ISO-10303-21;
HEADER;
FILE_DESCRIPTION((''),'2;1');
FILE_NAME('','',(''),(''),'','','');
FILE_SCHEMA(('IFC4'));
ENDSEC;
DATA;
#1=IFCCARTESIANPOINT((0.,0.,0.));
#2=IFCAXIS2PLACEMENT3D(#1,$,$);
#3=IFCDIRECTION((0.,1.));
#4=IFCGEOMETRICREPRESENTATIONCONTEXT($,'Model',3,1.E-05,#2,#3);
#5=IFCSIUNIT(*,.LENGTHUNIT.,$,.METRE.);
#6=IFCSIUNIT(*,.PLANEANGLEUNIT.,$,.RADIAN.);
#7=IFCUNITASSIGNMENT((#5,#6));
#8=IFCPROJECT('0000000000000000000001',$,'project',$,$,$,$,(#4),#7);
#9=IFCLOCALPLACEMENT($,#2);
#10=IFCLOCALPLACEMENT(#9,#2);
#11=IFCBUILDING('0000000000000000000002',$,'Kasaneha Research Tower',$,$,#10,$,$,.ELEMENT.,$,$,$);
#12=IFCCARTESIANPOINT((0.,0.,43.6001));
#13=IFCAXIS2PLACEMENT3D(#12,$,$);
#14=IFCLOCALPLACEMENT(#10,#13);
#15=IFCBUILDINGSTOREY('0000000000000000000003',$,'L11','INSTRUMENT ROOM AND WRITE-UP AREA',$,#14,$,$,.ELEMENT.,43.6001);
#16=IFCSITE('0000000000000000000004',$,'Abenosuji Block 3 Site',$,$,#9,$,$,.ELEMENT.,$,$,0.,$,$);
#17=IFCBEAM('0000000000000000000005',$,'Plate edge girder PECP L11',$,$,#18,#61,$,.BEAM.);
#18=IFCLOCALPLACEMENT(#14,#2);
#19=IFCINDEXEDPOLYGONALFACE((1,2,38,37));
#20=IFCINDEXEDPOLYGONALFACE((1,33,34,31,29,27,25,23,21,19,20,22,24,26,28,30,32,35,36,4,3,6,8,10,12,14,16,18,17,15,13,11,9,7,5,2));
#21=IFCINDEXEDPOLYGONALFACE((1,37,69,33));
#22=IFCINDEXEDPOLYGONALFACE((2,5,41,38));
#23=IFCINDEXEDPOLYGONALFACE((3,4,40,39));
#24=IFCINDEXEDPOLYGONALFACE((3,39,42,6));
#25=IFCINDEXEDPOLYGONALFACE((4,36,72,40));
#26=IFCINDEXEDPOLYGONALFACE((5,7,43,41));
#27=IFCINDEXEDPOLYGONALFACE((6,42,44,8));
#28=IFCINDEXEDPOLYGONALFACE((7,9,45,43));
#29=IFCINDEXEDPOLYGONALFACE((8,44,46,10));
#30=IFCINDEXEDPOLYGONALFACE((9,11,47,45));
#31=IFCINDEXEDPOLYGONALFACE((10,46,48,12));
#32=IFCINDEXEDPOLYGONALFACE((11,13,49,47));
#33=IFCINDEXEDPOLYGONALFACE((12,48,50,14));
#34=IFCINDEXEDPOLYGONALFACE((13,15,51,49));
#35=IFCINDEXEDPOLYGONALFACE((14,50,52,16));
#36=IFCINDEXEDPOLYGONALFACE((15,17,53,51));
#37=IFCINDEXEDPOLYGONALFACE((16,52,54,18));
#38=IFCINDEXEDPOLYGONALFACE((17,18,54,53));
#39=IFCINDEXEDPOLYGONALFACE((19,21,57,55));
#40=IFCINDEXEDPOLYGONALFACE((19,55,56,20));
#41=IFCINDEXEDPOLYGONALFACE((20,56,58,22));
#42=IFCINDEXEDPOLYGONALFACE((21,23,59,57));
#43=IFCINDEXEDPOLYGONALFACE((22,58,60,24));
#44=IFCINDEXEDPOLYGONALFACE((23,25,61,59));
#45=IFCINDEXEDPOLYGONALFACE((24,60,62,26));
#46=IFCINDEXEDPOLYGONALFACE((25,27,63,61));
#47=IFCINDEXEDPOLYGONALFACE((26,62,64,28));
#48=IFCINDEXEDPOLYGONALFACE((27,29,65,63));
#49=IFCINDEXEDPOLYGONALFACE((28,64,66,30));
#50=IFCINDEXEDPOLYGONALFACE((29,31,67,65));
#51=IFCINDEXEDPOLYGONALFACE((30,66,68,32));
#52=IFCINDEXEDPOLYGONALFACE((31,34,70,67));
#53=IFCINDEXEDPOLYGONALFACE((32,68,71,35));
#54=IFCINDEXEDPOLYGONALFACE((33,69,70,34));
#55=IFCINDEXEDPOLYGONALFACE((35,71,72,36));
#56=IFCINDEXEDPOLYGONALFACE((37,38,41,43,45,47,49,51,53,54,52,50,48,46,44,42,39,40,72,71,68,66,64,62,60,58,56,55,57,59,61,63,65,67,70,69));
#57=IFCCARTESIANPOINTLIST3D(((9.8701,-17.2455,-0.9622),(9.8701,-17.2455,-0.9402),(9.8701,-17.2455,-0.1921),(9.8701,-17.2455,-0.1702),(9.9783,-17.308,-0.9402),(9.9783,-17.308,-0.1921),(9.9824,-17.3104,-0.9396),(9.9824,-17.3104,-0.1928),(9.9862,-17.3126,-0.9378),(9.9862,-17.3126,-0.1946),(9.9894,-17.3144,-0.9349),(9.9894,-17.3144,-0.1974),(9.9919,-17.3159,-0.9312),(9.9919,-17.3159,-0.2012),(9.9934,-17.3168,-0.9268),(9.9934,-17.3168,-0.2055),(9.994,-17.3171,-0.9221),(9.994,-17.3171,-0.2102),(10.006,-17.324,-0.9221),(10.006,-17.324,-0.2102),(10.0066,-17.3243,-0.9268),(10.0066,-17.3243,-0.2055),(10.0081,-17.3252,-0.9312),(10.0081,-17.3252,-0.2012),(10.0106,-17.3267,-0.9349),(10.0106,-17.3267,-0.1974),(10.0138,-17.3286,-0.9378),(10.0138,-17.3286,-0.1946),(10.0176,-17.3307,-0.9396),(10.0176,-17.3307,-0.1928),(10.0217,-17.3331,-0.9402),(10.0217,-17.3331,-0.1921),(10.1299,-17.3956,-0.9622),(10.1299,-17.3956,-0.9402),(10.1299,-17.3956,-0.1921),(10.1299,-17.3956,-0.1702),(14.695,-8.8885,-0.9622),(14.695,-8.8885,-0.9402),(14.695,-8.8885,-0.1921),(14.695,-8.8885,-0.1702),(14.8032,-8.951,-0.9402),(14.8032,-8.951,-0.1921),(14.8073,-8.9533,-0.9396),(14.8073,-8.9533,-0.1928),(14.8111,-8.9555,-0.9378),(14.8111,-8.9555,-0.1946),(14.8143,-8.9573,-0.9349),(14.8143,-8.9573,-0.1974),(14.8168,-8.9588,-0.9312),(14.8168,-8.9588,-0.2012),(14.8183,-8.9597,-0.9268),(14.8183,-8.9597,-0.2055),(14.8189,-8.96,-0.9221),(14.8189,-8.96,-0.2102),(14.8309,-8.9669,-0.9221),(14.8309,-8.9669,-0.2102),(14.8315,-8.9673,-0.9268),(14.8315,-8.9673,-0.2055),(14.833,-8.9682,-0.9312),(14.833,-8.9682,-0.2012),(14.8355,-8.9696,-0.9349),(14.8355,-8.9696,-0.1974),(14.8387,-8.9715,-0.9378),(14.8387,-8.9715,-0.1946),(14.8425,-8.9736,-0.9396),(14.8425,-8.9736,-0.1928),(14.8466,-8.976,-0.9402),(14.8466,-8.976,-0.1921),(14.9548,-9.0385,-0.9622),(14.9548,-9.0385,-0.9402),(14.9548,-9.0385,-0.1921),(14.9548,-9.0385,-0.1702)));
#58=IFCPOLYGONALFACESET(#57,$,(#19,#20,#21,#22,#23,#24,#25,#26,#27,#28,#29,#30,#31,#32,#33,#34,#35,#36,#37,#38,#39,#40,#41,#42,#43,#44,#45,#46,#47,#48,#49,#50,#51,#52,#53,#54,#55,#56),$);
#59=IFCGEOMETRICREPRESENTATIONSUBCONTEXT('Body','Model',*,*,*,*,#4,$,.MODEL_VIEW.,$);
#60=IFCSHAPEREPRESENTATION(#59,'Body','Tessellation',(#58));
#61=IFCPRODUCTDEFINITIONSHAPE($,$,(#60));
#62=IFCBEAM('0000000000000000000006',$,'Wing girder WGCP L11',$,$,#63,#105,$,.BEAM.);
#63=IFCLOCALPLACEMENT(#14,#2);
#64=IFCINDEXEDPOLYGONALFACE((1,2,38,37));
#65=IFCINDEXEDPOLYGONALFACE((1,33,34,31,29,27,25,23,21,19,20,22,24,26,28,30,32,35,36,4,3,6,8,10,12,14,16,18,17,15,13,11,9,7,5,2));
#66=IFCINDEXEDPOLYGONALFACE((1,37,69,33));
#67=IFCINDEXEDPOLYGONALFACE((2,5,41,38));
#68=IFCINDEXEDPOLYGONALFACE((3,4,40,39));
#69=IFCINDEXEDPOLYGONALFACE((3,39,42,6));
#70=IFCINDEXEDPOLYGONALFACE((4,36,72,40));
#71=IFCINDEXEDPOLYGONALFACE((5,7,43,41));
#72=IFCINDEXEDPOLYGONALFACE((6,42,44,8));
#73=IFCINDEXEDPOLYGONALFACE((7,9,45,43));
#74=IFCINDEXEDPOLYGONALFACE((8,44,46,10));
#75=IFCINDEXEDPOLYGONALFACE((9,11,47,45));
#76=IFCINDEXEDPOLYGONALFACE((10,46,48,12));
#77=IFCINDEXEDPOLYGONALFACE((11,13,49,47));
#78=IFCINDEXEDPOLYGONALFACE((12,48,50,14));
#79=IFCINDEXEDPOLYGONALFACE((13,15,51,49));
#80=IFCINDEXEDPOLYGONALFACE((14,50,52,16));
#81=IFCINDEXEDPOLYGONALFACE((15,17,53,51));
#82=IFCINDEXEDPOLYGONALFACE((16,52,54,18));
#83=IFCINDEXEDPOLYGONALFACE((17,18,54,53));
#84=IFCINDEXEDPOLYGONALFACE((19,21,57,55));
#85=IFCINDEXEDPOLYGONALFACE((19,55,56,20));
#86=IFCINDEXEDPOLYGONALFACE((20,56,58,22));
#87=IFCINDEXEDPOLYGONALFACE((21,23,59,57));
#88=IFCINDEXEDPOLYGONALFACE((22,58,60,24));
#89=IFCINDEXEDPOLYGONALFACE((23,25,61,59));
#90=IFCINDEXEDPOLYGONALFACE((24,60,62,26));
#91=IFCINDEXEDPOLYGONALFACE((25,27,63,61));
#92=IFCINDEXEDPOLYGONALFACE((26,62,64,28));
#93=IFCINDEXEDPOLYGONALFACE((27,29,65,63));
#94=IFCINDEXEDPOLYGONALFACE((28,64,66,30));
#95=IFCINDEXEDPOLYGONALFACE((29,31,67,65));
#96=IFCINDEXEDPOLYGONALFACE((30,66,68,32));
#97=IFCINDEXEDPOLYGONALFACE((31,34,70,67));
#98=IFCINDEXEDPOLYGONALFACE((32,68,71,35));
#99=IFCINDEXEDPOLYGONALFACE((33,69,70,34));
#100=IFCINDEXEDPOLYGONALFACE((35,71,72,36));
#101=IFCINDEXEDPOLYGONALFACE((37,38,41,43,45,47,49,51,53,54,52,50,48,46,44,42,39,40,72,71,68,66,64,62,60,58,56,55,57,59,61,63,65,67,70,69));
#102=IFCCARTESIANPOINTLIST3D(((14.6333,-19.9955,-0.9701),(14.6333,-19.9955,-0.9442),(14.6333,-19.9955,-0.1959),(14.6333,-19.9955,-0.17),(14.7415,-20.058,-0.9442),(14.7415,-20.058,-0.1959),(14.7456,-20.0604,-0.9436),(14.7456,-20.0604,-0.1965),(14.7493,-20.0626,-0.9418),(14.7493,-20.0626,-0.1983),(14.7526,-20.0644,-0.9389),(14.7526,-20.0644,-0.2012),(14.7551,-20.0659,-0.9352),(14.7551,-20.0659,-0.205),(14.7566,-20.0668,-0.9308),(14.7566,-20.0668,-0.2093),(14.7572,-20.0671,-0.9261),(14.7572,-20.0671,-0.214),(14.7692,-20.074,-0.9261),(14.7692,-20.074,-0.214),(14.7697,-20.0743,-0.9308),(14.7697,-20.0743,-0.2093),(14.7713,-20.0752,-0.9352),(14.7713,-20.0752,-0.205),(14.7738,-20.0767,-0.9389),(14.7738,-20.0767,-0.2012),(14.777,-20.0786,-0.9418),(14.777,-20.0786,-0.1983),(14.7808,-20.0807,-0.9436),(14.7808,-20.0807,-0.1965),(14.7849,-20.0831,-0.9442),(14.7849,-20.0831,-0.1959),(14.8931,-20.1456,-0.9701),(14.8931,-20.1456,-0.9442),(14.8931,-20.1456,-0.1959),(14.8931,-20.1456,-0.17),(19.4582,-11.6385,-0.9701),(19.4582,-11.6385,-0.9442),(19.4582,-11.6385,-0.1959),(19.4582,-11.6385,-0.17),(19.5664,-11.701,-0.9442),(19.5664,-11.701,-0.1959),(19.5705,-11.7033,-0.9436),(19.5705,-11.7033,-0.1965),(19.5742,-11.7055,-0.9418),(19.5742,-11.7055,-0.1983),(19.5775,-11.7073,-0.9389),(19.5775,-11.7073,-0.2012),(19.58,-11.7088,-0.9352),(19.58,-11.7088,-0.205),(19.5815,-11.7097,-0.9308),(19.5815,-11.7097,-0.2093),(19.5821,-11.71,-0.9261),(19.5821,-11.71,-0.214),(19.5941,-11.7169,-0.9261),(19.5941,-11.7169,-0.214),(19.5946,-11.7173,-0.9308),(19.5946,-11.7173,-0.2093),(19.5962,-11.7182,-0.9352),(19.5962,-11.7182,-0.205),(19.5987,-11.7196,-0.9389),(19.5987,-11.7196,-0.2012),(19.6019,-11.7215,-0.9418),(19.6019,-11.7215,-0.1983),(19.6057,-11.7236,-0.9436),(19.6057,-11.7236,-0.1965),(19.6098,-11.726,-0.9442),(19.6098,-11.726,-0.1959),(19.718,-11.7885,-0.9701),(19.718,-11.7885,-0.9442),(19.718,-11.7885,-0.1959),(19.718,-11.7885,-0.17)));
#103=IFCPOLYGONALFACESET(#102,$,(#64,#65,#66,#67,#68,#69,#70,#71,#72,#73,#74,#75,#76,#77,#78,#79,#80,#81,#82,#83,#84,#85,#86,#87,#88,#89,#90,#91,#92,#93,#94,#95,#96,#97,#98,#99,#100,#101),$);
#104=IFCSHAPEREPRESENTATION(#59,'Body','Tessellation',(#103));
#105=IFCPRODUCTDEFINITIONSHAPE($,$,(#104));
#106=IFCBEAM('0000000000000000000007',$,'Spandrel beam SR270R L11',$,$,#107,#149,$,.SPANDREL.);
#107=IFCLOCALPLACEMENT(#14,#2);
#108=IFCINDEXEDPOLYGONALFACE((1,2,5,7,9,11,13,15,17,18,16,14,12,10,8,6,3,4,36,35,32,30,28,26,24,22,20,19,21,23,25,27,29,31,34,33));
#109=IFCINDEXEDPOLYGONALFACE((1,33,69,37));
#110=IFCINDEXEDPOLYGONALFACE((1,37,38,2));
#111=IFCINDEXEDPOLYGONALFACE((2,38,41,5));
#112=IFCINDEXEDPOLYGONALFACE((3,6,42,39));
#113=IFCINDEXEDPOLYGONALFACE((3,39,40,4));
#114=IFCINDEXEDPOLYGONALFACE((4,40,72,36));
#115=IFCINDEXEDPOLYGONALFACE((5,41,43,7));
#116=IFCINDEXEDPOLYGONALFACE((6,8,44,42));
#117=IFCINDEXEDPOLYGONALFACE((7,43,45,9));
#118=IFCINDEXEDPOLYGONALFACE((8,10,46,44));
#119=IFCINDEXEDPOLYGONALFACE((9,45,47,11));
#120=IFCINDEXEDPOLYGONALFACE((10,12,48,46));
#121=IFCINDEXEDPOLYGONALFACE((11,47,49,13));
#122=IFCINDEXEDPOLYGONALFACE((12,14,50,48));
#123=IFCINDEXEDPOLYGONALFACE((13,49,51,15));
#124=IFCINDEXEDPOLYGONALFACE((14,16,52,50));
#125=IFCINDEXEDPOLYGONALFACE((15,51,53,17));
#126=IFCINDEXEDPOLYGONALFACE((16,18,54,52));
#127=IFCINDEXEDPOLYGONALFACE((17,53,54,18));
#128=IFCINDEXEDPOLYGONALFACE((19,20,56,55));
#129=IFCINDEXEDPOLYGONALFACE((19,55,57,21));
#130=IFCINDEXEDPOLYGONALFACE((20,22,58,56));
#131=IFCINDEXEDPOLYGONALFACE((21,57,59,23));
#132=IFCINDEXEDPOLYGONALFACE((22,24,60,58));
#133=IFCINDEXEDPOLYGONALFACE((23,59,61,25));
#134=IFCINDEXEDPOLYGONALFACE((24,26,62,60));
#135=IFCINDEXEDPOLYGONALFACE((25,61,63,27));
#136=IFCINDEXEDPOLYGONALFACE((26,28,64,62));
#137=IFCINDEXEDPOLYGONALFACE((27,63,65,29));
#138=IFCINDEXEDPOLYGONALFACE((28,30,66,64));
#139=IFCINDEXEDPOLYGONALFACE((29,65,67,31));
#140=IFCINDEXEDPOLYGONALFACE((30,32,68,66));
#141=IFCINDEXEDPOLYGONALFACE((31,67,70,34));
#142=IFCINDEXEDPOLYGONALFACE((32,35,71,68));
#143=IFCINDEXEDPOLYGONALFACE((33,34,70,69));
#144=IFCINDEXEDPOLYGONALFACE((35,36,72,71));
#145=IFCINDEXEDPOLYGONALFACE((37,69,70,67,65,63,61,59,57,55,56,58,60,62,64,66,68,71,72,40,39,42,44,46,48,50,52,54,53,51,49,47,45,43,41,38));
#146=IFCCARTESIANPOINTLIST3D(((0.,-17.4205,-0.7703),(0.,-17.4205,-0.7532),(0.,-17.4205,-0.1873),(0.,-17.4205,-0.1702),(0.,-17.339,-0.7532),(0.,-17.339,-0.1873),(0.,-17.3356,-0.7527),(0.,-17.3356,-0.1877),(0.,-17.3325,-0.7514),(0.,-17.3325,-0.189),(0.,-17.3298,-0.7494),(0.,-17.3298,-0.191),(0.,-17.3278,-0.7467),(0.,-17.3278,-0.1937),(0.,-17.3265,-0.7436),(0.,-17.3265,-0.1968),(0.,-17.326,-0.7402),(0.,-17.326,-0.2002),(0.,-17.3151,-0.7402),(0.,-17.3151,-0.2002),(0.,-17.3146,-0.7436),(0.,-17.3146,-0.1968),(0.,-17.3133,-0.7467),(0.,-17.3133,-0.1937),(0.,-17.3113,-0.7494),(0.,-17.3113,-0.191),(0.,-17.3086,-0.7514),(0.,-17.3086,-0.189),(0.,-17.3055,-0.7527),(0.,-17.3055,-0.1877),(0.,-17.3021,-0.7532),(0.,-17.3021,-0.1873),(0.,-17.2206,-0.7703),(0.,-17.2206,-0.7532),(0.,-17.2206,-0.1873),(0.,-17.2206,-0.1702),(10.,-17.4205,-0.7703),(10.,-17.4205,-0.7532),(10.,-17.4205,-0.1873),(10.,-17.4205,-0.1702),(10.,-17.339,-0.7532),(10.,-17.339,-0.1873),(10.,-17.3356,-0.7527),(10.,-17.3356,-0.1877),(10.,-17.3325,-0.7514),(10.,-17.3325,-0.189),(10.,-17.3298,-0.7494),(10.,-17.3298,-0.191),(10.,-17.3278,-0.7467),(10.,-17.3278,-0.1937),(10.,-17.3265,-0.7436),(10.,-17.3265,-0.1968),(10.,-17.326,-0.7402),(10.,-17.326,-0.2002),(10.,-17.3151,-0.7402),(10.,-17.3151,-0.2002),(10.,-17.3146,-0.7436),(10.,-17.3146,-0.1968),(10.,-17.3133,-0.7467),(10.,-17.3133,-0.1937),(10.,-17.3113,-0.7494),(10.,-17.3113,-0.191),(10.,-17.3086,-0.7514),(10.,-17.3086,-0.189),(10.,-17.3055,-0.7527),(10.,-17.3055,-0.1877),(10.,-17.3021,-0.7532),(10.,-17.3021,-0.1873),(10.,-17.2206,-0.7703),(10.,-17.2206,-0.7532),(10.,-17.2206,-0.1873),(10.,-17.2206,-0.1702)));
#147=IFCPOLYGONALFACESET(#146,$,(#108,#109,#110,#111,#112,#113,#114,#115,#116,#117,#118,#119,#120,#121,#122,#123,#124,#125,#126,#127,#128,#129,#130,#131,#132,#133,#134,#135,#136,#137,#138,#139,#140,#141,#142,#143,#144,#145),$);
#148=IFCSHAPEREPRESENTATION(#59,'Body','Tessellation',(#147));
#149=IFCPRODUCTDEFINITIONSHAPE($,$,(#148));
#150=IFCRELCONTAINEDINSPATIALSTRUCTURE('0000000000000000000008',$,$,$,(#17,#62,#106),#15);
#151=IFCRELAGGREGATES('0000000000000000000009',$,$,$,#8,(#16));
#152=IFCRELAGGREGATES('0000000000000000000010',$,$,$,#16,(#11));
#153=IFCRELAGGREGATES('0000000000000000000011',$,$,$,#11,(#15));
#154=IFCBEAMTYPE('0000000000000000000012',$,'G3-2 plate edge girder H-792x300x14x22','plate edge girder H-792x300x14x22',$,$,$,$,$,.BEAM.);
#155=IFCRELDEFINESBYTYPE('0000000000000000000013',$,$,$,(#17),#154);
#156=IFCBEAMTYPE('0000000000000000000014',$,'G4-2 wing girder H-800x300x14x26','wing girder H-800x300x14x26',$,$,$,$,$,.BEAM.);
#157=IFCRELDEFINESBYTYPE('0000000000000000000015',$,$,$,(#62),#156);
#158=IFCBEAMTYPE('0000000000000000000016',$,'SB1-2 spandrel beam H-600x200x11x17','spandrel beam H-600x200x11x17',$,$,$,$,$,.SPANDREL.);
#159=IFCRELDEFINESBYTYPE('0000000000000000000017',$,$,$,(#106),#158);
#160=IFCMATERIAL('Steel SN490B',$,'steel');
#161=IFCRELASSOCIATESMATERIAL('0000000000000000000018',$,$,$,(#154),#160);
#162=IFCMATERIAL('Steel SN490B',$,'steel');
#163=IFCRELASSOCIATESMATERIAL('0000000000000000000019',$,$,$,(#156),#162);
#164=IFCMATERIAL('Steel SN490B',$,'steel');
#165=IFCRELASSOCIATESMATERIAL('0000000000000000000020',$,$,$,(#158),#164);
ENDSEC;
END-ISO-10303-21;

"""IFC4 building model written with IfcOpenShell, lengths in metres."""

from ifc_helpers import new_model, si_unit, direction, frame, origin, origin_2d, place, context, subcontext, project, spatial, i_section, extrude, material, material_profile, profile_set, type_object, element, save


model = new_model("IFC4")

# Units and contexts
model_context = context("Model", 3, precision=1e-05, world=origin(), true_north=direction((0.0, 1.0)))
body_context = subcontext(model_context, "Body", "Model", "MODEL_VIEW")
ifc_project = project(units=[si_unit("LENGTHUNIT", "METRE"), si_unit("PLANEANGLEUNIT", "RADIAN")], contexts=[model_context])

# Site, building, storey
site_placement = place(None, origin())
site = spatial("IfcSite", under=ifc_project, at=site_placement, Name="Abenosuji Block 3 Site", CompositionType="ELEMENT", RefElevation=0.0)
building_placement = place(site_placement, origin())
building = spatial("IfcBuilding", under=site, at=building_placement, Name="Kasaneha Research Tower", CompositionType="ELEMENT")
storey_placement = place(building_placement, frame((0.0, 0.0, 43.6001)))
storey = spatial("IfcBuildingStorey", under=building, at=storey_placement, Name="L11", Description="INSTRUMENT ROOM AND WRITE-UP AREA", CompositionType="ELEMENT", Elevation=43.6001)

# Beams
ifc_material_1 = material(Name="Steel SN490B", Category="steel")
ifc_material_profile_1 = material_profile(ifc_material_1, i_section(OverallWidth=0.3, OverallDepth=0.792, WebThickness=0.0139, FlangeThickness=0.022, FilletRadius=0.0181, at=origin_2d()), Name="H-792x300x14x22")
ifc_profile_set_1 = profile_set([ifc_material_profile_1], Name="Steel SN490B")
beam_type_1 = type_object("IfcBeamType", Name="G3-2 plate edge girder H-792x300x14x22", Description="plate edge girder H-792x300x14x22", PredefinedType="BEAM", material=ifc_profile_set_1)
beam_1_placement = place(storey_placement, frame((10.0, -17.3206, -0.5662), z_axis=(0.499995, 0.866028, 0.0), x_axis=(-0.866028, 0.499995, 0.0)))
element("IfcBeam", 1, at=beam_1_placement, inside=storey, type_object=beam_type_1, Name="Plate edge girder PECP L11", PredefinedType="BEAM", context=body_context, shape_type="SweptSolid", body=[
    extrude(i_section(OverallWidth=0.3, OverallDepth=0.792, WebThickness=0.0139, FlangeThickness=0.022, FilletRadius=0.0181, at=origin_2d()), origin(), (0.0, 0.0, 1.0), 9.6499),
])
ifc_material_2 = material(Name="Steel SN490B", Category="steel")
ifc_material_profile_2 = material_profile(ifc_material_2, i_section(OverallWidth=0.3, OverallDepth=0.8, WebThickness=0.0139, FlangeThickness=0.0259, FilletRadius=0.0181, at=origin_2d()), Name="H-800x300x14x26")
ifc_profile_set_2 = profile_set([ifc_material_profile_2], Name="Steel SN490B")
beam_type_2 = type_object("IfcBeamType", Name="G4-2 wing girder H-800x300x14x26", Description="wing girder H-800x300x14x26", PredefinedType="BEAM", material=ifc_profile_set_2)
beam_2_placement = place(storey_placement, frame((14.7632, -20.0706, -0.5701), z_axis=(0.499995, 0.866028, 0.0), x_axis=(-0.866028, 0.499995, 0.0)))
element("IfcBeam", 2, at=beam_2_placement, inside=storey, type_object=beam_type_2, Name="Wing girder WGCP L11", PredefinedType="BEAM", context=body_context, shape_type="SweptSolid", body=[
    extrude(i_section(OverallWidth=0.3, OverallDepth=0.8, WebThickness=0.0139, FlangeThickness=0.0259, FilletRadius=0.0181, at=origin_2d()), origin(), (0.0, 0.0, 1.0), 9.6499),
])
ifc_material_3 = material(Name="Steel SN490B", Category="steel")
ifc_material_profile_3 = material_profile(ifc_material_3, i_section(OverallWidth=0.2, OverallDepth=0.6001, WebThickness=0.011, FlangeThickness=0.0171, FilletRadius=0.0129, at=origin_2d()), Name="H-600x200x11x17")
ifc_profile_set_3 = profile_set([ifc_material_profile_3], Name="Steel SN490B")
beam_type_3 = type_object("IfcBeamType", Name="SB1-2 spandrel beam H-600x200x11x17", Description="spandrel beam H-600x200x11x17", PredefinedType="SPANDREL", material=ifc_profile_set_3)
beam_3_placement = place(storey_placement, frame((10.0, -17.3206, -0.4702), z_axis=(-1.0, 0.0, 0.0), x_axis=(0.0, -1.0, 0.0)))
element("IfcBeam", 3, at=beam_3_placement, inside=storey, type_object=beam_type_3, Name="Spandrel beam SR270R L11", PredefinedType="SPANDREL", context=body_context, shape_type="SweptSolid", body=[
    extrude(i_section(OverallWidth=0.2, OverallDepth=0.6001, WebThickness=0.011, FlangeThickness=0.0171, FilletRadius=0.0129, at=origin_2d()), origin(), (0.0, 0.0, 1.0), 10.0),
])

save(model, "model.ifc")
